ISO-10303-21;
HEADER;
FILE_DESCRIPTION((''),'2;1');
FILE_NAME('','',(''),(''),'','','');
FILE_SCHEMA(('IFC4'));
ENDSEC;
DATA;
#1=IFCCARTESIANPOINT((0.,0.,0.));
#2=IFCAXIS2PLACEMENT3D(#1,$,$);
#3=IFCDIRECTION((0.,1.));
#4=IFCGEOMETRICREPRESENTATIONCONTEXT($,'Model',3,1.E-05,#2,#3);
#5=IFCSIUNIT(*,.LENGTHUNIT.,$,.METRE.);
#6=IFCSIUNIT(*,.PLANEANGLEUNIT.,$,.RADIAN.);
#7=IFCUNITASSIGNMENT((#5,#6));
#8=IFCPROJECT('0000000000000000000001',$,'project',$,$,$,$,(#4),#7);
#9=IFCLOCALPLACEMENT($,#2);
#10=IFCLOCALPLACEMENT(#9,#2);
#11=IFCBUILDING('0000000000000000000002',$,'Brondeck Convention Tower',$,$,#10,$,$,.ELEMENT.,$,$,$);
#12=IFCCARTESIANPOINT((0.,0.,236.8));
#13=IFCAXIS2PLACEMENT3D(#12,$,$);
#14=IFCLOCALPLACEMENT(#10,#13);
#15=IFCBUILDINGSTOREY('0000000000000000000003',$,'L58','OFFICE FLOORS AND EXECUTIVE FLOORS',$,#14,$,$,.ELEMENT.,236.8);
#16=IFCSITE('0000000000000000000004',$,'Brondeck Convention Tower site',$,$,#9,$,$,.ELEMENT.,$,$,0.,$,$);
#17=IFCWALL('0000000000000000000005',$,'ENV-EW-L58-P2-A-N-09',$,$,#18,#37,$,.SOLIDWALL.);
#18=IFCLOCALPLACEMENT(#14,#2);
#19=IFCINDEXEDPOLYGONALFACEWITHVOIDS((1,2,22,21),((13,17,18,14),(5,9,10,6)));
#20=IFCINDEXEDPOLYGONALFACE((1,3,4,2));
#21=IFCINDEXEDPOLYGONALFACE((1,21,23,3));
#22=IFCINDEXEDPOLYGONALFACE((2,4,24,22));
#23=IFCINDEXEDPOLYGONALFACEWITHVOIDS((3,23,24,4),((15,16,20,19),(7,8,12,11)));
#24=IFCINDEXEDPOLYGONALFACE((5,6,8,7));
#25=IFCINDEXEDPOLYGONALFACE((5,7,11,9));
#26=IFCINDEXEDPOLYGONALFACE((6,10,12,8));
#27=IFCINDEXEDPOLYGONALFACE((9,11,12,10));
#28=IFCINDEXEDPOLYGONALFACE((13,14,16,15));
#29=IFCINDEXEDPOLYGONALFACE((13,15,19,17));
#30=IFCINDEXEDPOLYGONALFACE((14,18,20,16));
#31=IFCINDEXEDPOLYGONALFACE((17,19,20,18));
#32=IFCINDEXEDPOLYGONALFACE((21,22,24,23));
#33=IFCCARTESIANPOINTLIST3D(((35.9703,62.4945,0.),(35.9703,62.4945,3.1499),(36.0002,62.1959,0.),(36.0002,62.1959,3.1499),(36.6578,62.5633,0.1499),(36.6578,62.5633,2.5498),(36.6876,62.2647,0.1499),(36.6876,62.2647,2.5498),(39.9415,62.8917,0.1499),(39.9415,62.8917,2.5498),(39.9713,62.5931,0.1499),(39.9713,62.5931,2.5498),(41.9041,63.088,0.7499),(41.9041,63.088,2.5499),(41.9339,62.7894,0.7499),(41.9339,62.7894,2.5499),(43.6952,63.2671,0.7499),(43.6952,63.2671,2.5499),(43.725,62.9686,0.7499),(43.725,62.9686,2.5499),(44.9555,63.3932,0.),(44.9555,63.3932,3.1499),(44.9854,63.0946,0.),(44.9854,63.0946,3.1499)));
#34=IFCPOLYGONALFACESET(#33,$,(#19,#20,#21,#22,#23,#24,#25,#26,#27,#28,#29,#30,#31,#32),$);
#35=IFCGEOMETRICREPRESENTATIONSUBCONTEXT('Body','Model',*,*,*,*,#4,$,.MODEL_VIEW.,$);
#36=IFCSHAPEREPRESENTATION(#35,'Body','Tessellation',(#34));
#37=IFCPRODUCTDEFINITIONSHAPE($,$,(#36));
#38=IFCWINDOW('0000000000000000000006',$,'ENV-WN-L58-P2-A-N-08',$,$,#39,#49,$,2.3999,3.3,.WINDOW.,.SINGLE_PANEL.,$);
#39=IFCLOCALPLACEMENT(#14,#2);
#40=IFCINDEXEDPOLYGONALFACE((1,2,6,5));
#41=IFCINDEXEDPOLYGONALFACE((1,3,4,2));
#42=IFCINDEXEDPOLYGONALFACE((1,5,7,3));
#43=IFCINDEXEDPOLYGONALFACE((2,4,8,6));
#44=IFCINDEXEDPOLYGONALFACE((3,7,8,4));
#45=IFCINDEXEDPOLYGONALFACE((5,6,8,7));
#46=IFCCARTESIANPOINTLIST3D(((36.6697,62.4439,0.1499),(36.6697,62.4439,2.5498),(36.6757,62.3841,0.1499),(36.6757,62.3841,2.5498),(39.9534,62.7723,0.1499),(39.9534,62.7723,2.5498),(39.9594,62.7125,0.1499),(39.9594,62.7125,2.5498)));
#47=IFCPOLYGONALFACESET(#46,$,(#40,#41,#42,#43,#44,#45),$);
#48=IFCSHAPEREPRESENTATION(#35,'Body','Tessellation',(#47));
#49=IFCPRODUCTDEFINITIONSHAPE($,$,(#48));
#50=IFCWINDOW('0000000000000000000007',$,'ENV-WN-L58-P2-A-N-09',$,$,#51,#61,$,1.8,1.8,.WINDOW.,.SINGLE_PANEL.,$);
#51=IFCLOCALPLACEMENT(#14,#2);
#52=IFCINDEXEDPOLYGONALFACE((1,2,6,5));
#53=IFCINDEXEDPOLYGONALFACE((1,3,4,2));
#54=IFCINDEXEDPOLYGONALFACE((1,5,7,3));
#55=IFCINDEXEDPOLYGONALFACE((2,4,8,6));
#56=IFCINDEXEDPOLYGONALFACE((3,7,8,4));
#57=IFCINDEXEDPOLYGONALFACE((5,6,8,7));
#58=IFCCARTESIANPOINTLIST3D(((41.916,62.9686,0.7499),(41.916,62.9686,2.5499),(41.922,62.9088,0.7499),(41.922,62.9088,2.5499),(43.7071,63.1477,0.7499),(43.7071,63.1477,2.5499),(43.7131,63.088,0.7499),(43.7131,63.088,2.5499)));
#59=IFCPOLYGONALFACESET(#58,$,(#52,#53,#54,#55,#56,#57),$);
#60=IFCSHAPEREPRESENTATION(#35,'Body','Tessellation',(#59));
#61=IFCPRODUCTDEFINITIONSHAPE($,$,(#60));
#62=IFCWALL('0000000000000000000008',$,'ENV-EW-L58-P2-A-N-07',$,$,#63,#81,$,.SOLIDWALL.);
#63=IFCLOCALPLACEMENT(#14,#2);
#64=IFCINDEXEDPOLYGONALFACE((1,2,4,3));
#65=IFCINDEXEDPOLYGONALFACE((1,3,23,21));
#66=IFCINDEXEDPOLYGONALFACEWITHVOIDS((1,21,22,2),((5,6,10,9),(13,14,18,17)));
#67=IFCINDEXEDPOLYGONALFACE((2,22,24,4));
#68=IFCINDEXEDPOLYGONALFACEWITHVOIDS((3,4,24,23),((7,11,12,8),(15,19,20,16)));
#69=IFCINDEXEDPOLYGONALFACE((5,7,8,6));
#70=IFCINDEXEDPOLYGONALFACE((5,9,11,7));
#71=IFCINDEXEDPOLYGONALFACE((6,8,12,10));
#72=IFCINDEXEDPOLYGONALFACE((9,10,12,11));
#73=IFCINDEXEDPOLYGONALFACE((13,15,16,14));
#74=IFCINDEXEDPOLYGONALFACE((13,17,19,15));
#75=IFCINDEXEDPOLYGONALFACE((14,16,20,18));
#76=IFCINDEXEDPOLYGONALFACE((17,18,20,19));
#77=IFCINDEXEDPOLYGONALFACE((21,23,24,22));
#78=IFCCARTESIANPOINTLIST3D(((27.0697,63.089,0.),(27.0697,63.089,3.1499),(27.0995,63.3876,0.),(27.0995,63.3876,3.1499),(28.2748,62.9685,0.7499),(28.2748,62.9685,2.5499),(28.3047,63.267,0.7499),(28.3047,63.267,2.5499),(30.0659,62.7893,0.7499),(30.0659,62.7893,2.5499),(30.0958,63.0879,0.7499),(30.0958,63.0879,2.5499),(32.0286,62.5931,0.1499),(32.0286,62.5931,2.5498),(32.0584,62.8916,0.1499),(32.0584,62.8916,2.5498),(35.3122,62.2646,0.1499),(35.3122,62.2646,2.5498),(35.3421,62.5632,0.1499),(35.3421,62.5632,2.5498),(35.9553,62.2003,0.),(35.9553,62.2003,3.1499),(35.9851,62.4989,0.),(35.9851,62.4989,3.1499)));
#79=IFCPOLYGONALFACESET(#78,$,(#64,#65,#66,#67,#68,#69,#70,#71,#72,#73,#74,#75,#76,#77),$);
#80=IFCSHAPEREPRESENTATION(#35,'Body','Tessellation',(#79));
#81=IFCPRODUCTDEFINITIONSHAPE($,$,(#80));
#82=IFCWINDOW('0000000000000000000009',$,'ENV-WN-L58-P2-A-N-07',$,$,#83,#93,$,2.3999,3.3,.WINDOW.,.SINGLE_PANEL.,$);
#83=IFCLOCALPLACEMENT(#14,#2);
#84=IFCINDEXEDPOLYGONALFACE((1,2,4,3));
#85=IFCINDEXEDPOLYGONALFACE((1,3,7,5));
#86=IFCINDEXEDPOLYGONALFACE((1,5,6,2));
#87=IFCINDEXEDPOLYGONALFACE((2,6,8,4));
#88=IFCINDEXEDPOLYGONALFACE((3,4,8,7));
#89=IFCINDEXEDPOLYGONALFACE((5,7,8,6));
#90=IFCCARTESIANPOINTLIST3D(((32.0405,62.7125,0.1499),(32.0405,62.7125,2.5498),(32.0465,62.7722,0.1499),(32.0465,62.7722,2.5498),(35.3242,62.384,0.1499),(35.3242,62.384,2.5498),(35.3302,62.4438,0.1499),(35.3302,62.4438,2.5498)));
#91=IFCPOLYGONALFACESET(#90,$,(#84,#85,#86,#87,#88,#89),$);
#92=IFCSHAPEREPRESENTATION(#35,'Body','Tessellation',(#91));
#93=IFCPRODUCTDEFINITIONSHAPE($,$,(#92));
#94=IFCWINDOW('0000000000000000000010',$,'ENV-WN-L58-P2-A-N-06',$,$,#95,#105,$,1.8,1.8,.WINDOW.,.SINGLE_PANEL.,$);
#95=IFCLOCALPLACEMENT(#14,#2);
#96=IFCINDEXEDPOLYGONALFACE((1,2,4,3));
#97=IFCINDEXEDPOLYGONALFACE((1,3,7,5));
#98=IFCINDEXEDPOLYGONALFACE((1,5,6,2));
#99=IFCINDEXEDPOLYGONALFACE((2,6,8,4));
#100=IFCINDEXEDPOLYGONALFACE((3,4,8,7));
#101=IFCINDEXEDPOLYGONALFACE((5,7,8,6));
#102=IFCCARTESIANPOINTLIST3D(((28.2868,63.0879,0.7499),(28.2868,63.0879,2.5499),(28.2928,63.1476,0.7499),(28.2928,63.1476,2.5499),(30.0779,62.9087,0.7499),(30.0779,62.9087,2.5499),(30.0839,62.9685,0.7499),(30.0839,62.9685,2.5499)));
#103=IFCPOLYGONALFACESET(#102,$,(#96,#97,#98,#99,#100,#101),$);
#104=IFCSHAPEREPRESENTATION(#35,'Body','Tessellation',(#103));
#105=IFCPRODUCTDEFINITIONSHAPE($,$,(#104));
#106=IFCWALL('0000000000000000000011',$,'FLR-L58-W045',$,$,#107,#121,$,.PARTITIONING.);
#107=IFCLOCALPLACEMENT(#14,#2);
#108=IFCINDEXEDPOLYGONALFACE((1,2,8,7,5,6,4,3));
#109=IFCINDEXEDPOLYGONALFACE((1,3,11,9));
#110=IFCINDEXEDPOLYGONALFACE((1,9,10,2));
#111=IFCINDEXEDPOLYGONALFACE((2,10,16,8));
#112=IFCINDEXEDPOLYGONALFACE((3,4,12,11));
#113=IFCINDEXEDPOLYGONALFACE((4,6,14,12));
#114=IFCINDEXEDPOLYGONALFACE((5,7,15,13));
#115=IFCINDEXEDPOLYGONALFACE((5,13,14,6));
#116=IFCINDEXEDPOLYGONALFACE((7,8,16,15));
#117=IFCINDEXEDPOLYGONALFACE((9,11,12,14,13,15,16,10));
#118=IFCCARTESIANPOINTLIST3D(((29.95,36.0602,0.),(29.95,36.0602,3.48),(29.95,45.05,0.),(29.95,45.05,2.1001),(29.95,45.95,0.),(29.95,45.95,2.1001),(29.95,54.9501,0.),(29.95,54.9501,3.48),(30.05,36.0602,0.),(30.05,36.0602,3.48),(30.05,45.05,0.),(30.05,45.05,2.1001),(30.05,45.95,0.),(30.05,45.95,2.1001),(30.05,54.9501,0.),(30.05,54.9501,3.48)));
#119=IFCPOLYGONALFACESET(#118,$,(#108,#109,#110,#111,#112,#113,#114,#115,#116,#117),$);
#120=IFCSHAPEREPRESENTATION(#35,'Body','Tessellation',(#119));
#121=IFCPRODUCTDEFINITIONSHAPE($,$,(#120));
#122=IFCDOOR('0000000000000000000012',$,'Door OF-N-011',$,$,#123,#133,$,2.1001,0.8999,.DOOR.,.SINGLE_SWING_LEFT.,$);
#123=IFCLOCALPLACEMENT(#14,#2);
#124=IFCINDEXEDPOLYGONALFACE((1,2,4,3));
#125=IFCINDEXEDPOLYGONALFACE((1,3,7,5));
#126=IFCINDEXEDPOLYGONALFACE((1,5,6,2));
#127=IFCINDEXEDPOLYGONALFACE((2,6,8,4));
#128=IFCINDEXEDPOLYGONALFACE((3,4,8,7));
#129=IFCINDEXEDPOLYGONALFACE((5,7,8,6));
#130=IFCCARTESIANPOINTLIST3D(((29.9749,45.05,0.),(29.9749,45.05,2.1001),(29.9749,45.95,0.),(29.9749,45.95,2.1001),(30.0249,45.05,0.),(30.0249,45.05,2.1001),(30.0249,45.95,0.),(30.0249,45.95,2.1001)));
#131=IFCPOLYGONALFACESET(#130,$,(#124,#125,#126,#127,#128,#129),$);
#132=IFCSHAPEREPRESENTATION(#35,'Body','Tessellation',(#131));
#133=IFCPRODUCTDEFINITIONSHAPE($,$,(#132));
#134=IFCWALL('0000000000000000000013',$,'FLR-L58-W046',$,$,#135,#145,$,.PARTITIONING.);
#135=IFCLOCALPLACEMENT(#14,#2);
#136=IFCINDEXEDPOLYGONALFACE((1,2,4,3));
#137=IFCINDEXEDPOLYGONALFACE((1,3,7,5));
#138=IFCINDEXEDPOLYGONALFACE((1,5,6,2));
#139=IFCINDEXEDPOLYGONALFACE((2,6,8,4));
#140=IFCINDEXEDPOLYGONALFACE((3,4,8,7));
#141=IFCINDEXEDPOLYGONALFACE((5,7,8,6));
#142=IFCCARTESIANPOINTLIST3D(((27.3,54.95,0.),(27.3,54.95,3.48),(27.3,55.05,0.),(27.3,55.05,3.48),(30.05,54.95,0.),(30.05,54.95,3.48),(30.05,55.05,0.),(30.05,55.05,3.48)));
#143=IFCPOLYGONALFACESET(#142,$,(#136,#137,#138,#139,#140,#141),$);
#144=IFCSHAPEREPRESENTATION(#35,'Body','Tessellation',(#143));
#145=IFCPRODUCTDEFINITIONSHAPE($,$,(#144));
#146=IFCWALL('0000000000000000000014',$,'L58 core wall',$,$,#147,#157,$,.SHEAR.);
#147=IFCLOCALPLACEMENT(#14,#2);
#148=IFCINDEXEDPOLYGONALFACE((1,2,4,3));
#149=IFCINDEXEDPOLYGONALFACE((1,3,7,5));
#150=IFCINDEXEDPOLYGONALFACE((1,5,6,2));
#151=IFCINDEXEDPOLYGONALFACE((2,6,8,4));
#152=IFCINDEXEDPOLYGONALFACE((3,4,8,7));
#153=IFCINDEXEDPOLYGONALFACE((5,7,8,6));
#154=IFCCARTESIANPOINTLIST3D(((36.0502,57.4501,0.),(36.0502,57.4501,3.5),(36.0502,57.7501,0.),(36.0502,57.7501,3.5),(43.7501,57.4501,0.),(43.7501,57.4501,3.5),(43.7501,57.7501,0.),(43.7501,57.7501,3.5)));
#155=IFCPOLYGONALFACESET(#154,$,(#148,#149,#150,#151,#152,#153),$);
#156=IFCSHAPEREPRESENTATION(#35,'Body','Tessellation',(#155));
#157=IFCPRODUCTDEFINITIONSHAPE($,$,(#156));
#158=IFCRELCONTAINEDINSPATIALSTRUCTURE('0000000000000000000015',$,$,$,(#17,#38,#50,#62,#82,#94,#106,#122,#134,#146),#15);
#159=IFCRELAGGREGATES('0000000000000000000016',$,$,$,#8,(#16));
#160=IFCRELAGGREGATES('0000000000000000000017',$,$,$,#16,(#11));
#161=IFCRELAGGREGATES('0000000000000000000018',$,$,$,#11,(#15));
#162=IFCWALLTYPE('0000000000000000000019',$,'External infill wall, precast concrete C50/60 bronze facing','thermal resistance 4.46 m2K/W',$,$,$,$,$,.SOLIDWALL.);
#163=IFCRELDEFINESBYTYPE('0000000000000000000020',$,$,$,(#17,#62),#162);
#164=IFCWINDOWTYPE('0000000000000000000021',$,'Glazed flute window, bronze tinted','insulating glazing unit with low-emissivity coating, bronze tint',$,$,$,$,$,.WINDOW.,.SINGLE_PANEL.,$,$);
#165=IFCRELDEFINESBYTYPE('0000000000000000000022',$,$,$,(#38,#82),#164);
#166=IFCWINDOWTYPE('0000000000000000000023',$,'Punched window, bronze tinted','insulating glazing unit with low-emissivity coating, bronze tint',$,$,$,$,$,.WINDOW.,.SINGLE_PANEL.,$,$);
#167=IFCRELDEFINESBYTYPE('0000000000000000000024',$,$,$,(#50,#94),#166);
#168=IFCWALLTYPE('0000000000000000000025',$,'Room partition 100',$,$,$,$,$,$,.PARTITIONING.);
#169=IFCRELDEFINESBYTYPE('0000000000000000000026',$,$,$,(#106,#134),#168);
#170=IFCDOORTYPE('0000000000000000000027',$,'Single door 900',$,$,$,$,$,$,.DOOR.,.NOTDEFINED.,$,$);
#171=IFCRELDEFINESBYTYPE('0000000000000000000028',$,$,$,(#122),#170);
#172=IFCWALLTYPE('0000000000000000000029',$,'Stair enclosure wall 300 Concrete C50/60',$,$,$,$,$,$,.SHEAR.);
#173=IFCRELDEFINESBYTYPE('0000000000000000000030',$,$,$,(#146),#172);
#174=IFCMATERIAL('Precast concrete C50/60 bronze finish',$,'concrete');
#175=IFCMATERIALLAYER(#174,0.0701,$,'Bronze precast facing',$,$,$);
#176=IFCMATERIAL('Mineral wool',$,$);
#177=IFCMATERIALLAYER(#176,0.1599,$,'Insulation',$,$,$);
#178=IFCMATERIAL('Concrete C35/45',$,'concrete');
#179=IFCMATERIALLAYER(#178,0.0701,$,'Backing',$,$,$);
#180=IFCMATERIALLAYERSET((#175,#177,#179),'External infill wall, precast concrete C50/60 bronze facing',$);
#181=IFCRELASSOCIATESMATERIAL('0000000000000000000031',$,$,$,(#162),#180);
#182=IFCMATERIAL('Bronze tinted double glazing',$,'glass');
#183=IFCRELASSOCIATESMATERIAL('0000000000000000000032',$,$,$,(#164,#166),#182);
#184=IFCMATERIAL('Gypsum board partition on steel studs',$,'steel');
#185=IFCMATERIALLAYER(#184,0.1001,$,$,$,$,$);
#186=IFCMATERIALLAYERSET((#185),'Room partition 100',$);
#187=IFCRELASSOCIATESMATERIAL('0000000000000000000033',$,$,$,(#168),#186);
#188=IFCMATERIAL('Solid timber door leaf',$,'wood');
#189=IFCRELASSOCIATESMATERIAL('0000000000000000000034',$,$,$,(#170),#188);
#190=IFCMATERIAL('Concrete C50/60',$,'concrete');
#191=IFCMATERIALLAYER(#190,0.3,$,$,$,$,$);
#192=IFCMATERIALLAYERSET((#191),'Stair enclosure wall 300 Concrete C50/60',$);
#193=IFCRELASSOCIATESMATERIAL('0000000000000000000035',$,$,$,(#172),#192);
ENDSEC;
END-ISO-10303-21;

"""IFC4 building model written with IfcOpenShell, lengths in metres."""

from ifc_helpers import new_model, si_unit, direction, frame, frame_2d, origin, place, context, subcontext, project, spatial, rectangle, extrude, material, layer, layer_set, type_object, element, fill, save


model = new_model("IFC4")

# Units and contexts
model_context = context("Model", 3, precision=1e-05, world=origin(), true_north=direction((0.0, 1.0)))
body_context = subcontext(model_context, "Body", "Model", "MODEL_VIEW")
ifc_project = project(units=[si_unit("LENGTHUNIT", "METRE"), si_unit("PLANEANGLEUNIT", "RADIAN")], contexts=[model_context])

# Site, building, storey
site_placement = place(None, origin())
site = spatial("IfcSite", under=ifc_project, at=site_placement, Name="Brondeck Convention Tower site", CompositionType="ELEMENT", RefElevation=0.0)
building_placement = place(site_placement, origin())
building = spatial("IfcBuilding", under=site, at=building_placement, Name="Brondeck Convention Tower", CompositionType="ELEMENT")
storey_placement = place(building_placement, frame((0.0, 0.0, 236.8)))
storey = spatial("IfcBuildingStorey", under=building, at=storey_placement, Name="L58", Description="OFFICE FLOORS AND EXECUTIVE FLOORS", CompositionType="ELEMENT", Elevation=236.8)

# Shared definitions
ifc_material_1 = material(Name="Concrete C50/60", Category="concrete")

# Walls, openings, windows
ifc_material_2 = material(Name="Precast concrete C50/60 bronze finish", Category="concrete")
ifc_layer_1 = layer(ifc_material_2, 0.0701, Name="Bronze precast facing")
ifc_material_3 = material(Name="Mineral wool")
ifc_layer_2 = layer(ifc_material_3, 0.1599, Name="Insulation")
ifc_material_4 = material(Name="Concrete C35/45", Category="concrete")
ifc_layer_3 = layer(ifc_material_4, 0.0701, Name="Backing")
ifc_layer_set_1 = layer_set([ifc_layer_1, ifc_layer_2, ifc_layer_3], Name="External infill wall, precast concrete C50/60 bronze facing")
wall_type_1 = type_object("IfcWallType", Name="External infill wall, precast concrete C50/60 bronze facing", Description="thermal resistance 4.46 m2K/W", PredefinedType="SOLIDWALL", material=ifc_layer_set_1)
wall_1_placement = place(storey_placement, frame((35.9851, 62.3452, 0.0), z_axis=(0.0, 0.0, 1.0), x_axis=(0.995035, 0.099522, 0.0)))
wall_1 = element("IfcWall", 1, at=wall_1_placement, inside=storey, type_object=wall_type_1, Name="ENV-EW-L58-P2-A-N-09", PredefinedType="SOLIDWALL", context=body_context, shape_type="SweptSolid", body=[
    extrude(rectangle(XDim=9.03, YDim=0.3, at=frame_2d((4.5151, 0.0))), origin(), (0.0, 0.0, 1.0), 3.1499),
])
opening_1_placement = place(wall_1_placement, frame((0.6912, 0.0, 0.1499)))
opening_1 = element("IfcOpeningElement", 2, at=opening_1_placement, cuts=wall_1, PredefinedType="OPENING", context=body_context, shape_type="SweptSolid", body=[
    extrude(rectangle(XDim=3.3, YDim=2.3999, at=frame_2d((1.6499, 1.2))), frame((0.0, 0.1599, 0.0), z_axis=(0.0, -1.0, 0.0), x_axis=(1.0, 0.0, 0.0)), (0.0, 0.0, 1.0), 0.3201),
])
opening_2_placement = place(wall_1_placement, frame((5.9636, 0.0, 0.75)))
opening_2 = element("IfcOpeningElement", 3, at=opening_2_placement, cuts=wall_1, PredefinedType="OPENING", context=body_context, shape_type="SweptSolid", body=[
    extrude(rectangle(XDim=1.8, YDim=1.8, at=frame_2d((0.8999, 0.8999))), frame((0.0, 0.1599, 0.0), z_axis=(0.0, -1.0, 0.0), x_axis=(1.0, 0.0, 0.0)), (0.0, 0.0, 1.0), 0.3201),
])
ifc_material_5 = material(Name="Bronze tinted double glazing", Category="glass")
window_type_1 = type_object("IfcWindowType", Name="Glazed flute window, bronze tinted", Description="insulating glazing unit with low-emissivity coating, bronze tint", PartitioningType="SINGLE_PANEL", PredefinedType="WINDOW", material=ifc_material_5)
window_1_placement = place(opening_1_placement, origin())
window_1 = element("IfcWindow", 4, at=window_1_placement, inside=storey, type_object=window_type_1, Name="ENV-WN-L58-P2-A-N-08", OverallHeight=2.3999, OverallWidth=3.3, PartitioningType="SINGLE_PANEL", PredefinedType="WINDOW", context=body_context, shape_type="SweptSolid", body=[
    extrude(rectangle(XDim=3.3, YDim=2.3999, at=frame_2d((1.6499, 1.2))), frame((0.0, 0.03, 0.0), z_axis=(0.0, -1.0, 0.0), x_axis=(1.0, 0.0, 0.0)), (0.0, 0.0, 1.0), 0.0601),
])
fill(opening_1, window_1)
window_type_2 = type_object("IfcWindowType", Name="Punched window, bronze tinted", Description="insulating glazing unit with low-emissivity coating, bronze tint", PartitioningType="SINGLE_PANEL", PredefinedType="WINDOW", material=ifc_material_5)
window_2_placement = place(opening_2_placement, origin())
window_2 = element("IfcWindow", 5, at=window_2_placement, inside=storey, type_object=window_type_2, Name="ENV-WN-L58-P2-A-N-09", OverallHeight=1.8, OverallWidth=1.8, PartitioningType="SINGLE_PANEL", PredefinedType="WINDOW", context=body_context, shape_type="SweptSolid", body=[
    extrude(rectangle(XDim=1.8, YDim=1.8, at=frame_2d((0.8999, 0.8999))), frame((0.0, 0.03, 0.0), z_axis=(0.0, -1.0, 0.0), x_axis=(1.0, 0.0, 0.0)), (0.0, 0.0, 1.0), 0.0601),
])
fill(opening_2, window_2)
wall_2_placement = place(storey_placement, frame((27.0847, 63.2383, 0.0), z_axis=(0.0, 0.0, 1.0), x_axis=(0.995036, -0.099517, 0.0)))
wall_2 = element("IfcWall", 6, at=wall_2_placement, inside=storey, type_object=wall_type_1, Name="ENV-EW-L58-P2-A-N-07", PredefinedType="SOLIDWALL", context=body_context, shape_type="SweptSolid", body=[
    extrude(rectangle(XDim=8.9299, YDim=0.3, at=frame_2d((4.4648, 0.0))), origin(), (0.0, 0.0, 1.0), 3.1499),
])
opening_3_placement = place(wall_2_placement, frame((1.2112, 0.0, 0.75)))
opening_3 = element("IfcOpeningElement", 7, at=opening_3_placement, cuts=wall_2, PredefinedType="OPENING", context=body_context, shape_type="SweptSolid", body=[
    extrude(rectangle(XDim=1.8, YDim=1.8, at=frame_2d((0.8999, 0.8999))), frame((0.0, 0.1599, 0.0), z_axis=(0.0, -1.0, 0.0), x_axis=(1.0, 0.0, 0.0)), (0.0, 0.0, 1.0), 0.3201),
])
opening_4_placement = place(wall_2_placement, frame((4.9836, 0.0, 0.1499)))
opening_4 = element("IfcOpeningElement", 8, at=opening_4_placement, cuts=wall_2, PredefinedType="OPENING", context=body_context, shape_type="SweptSolid", body=[
    extrude(rectangle(XDim=3.3, YDim=2.3999, at=frame_2d((1.6499, 1.2))), frame((0.0, 0.1599, 0.0), z_axis=(0.0, -1.0, 0.0), x_axis=(1.0, 0.0, 0.0)), (0.0, 0.0, 1.0), 0.3201),
])
window_3_placement = place(opening_4_placement, origin())
window_3 = element("IfcWindow", 9, at=window_3_placement, inside=storey, type_object=window_type_1, Name="ENV-WN-L58-P2-A-N-07", OverallHeight=2.3999, OverallWidth=3.3, PartitioningType="SINGLE_PANEL", PredefinedType="WINDOW", context=body_context, shape_type="SweptSolid", body=[
    extrude(rectangle(XDim=3.3, YDim=2.3999, at=frame_2d((1.6499, 1.2))), frame((0.0, 0.03, 0.0), z_axis=(0.0, -1.0, 0.0), x_axis=(1.0, 0.0, 0.0)), (0.0, 0.0, 1.0), 0.0601),
])
fill(opening_4, window_3)
window_4_placement = place(opening_3_placement, origin())
window_4 = element("IfcWindow", 10, at=window_4_placement, inside=storey, type_object=window_type_2, Name="ENV-WN-L58-P2-A-N-06", OverallHeight=1.8, OverallWidth=1.8, PartitioningType="SINGLE_PANEL", PredefinedType="WINDOW", context=body_context, shape_type="SweptSolid", body=[
    extrude(rectangle(XDim=1.8, YDim=1.8, at=frame_2d((0.8999, 0.8999))), frame((0.0, 0.03, 0.0), z_axis=(0.0, -1.0, 0.0), x_axis=(1.0, 0.0, 0.0)), (0.0, 0.0, 1.0), 0.0601),
])
fill(opening_3, window_4)

# Wall, opening, door
ifc_material_6 = material(Name="Gypsum board partition on steel studs", Category="steel")
ifc_layer_4 = layer(ifc_material_6, 0.1001)
ifc_layer_set_2 = layer_set([ifc_layer_4], Name="Room partition 100")
wall_type_2 = type_object("IfcWallType", Name="Room partition 100", PredefinedType="PARTITIONING", material=ifc_layer_set_2)
wall_3_placement = place(storey_placement, frame((30.0, 54.95, 0.0), z_axis=(0.0, 0.0, 1.0), x_axis=(0.0, -1.0, 0.0)))
wall_3 = element("IfcWall", 11, at=wall_3_placement, inside=storey, type_object=wall_type_2, Name="FLR-L58-W045", PredefinedType="PARTITIONING", context=body_context, shape_type="SweptSolid", body=[
    extrude(rectangle(XDim=18.8899, YDim=0.1001, at=frame_2d((9.4448, 0.0))), origin(), (0.0, 0.0, 1.0), 3.48),
])
opening_5_placement = place(wall_3_placement, frame((9.0, 0.0, 0.0)))
opening_5 = element("IfcOpeningElement", 12, at=opening_5_placement, cuts=wall_3, PredefinedType="OPENING", context=body_context, shape_type="SweptSolid", body=[
    extrude(rectangle(XDim=0.8999, YDim=2.1001, at=frame_2d((0.45, 1.05))), frame((0.0, 0.0601, 0.0), z_axis=(0.0, -1.0, 0.0), x_axis=(1.0, 0.0, 0.0)), (0.0, 0.0, 1.0), 0.1201),
])
ifc_material_7 = material(Name="Solid timber door leaf", Category="wood")
door_type = type_object("IfcDoorType", Name="Single door 900", OperationType="NOTDEFINED", PredefinedType="DOOR", material=ifc_material_7)
door_placement = place(opening_5_placement, origin())
door = element("IfcDoor", 13, at=door_placement, inside=storey, type_object=door_type, Name="Door OF-N-011", OperationType="SINGLE_SWING_LEFT", OverallHeight=2.1001, OverallWidth=0.8999, PredefinedType="DOOR", context=body_context, shape_type="SweptSolid", body=[
    extrude(rectangle(XDim=0.8999, YDim=2.1001, at=frame_2d((0.45, 1.05))), frame((0.0, 0.0249, 0.0), z_axis=(0.0, -1.0, 0.0), x_axis=(1.0, 0.0, 0.0)), (0.0, 0.0, 1.0), 0.05),
])
fill(opening_5, door)

# Walls
wall_4_placement = place(storey_placement, frame((27.3, 55.0, 0.0), z_axis=(0.0, 0.0, 1.0), x_axis=(1.0, 0.0, 0.0)))
element("IfcWall", 14, at=wall_4_placement, inside=storey, type_object=wall_type_2, Name="FLR-L58-W046", PredefinedType="PARTITIONING", context=body_context, shape_type="SweptSolid", body=[
    extrude(rectangle(XDim=2.75, YDim=0.1001, at=frame_2d((1.375, 0.0))), origin(), (0.0, 0.0, 1.0), 3.48),
])
ifc_layer_5 = layer(ifc_material_1, 0.3)
ifc_layer_set_3 = layer_set([ifc_layer_5], Name="Stair enclosure wall 300 Concrete C50/60")
wall_type_3 = type_object("IfcWallType", Name="Stair enclosure wall 300 Concrete C50/60", PredefinedType="SHEAR", material=ifc_layer_set_3)
wall_5_placement = place(storey_placement, frame((36.05, 57.6001, 0.0), z_axis=(0.0, 0.0, 1.0), x_axis=(1.0, 0.0, 0.0)))
element("IfcWall", 15, at=wall_5_placement, inside=storey, type_object=wall_type_3, Name="L58 core wall", PredefinedType="SHEAR", context=body_context, shape_type="SweptSolid", body=[
    extrude(rectangle(XDim=7.7, YDim=0.3, at=frame_2d((3.8501, 0.0))), origin(), (0.0, 0.0, 1.0), 3.5),
])

save(model, "model.ifc")
